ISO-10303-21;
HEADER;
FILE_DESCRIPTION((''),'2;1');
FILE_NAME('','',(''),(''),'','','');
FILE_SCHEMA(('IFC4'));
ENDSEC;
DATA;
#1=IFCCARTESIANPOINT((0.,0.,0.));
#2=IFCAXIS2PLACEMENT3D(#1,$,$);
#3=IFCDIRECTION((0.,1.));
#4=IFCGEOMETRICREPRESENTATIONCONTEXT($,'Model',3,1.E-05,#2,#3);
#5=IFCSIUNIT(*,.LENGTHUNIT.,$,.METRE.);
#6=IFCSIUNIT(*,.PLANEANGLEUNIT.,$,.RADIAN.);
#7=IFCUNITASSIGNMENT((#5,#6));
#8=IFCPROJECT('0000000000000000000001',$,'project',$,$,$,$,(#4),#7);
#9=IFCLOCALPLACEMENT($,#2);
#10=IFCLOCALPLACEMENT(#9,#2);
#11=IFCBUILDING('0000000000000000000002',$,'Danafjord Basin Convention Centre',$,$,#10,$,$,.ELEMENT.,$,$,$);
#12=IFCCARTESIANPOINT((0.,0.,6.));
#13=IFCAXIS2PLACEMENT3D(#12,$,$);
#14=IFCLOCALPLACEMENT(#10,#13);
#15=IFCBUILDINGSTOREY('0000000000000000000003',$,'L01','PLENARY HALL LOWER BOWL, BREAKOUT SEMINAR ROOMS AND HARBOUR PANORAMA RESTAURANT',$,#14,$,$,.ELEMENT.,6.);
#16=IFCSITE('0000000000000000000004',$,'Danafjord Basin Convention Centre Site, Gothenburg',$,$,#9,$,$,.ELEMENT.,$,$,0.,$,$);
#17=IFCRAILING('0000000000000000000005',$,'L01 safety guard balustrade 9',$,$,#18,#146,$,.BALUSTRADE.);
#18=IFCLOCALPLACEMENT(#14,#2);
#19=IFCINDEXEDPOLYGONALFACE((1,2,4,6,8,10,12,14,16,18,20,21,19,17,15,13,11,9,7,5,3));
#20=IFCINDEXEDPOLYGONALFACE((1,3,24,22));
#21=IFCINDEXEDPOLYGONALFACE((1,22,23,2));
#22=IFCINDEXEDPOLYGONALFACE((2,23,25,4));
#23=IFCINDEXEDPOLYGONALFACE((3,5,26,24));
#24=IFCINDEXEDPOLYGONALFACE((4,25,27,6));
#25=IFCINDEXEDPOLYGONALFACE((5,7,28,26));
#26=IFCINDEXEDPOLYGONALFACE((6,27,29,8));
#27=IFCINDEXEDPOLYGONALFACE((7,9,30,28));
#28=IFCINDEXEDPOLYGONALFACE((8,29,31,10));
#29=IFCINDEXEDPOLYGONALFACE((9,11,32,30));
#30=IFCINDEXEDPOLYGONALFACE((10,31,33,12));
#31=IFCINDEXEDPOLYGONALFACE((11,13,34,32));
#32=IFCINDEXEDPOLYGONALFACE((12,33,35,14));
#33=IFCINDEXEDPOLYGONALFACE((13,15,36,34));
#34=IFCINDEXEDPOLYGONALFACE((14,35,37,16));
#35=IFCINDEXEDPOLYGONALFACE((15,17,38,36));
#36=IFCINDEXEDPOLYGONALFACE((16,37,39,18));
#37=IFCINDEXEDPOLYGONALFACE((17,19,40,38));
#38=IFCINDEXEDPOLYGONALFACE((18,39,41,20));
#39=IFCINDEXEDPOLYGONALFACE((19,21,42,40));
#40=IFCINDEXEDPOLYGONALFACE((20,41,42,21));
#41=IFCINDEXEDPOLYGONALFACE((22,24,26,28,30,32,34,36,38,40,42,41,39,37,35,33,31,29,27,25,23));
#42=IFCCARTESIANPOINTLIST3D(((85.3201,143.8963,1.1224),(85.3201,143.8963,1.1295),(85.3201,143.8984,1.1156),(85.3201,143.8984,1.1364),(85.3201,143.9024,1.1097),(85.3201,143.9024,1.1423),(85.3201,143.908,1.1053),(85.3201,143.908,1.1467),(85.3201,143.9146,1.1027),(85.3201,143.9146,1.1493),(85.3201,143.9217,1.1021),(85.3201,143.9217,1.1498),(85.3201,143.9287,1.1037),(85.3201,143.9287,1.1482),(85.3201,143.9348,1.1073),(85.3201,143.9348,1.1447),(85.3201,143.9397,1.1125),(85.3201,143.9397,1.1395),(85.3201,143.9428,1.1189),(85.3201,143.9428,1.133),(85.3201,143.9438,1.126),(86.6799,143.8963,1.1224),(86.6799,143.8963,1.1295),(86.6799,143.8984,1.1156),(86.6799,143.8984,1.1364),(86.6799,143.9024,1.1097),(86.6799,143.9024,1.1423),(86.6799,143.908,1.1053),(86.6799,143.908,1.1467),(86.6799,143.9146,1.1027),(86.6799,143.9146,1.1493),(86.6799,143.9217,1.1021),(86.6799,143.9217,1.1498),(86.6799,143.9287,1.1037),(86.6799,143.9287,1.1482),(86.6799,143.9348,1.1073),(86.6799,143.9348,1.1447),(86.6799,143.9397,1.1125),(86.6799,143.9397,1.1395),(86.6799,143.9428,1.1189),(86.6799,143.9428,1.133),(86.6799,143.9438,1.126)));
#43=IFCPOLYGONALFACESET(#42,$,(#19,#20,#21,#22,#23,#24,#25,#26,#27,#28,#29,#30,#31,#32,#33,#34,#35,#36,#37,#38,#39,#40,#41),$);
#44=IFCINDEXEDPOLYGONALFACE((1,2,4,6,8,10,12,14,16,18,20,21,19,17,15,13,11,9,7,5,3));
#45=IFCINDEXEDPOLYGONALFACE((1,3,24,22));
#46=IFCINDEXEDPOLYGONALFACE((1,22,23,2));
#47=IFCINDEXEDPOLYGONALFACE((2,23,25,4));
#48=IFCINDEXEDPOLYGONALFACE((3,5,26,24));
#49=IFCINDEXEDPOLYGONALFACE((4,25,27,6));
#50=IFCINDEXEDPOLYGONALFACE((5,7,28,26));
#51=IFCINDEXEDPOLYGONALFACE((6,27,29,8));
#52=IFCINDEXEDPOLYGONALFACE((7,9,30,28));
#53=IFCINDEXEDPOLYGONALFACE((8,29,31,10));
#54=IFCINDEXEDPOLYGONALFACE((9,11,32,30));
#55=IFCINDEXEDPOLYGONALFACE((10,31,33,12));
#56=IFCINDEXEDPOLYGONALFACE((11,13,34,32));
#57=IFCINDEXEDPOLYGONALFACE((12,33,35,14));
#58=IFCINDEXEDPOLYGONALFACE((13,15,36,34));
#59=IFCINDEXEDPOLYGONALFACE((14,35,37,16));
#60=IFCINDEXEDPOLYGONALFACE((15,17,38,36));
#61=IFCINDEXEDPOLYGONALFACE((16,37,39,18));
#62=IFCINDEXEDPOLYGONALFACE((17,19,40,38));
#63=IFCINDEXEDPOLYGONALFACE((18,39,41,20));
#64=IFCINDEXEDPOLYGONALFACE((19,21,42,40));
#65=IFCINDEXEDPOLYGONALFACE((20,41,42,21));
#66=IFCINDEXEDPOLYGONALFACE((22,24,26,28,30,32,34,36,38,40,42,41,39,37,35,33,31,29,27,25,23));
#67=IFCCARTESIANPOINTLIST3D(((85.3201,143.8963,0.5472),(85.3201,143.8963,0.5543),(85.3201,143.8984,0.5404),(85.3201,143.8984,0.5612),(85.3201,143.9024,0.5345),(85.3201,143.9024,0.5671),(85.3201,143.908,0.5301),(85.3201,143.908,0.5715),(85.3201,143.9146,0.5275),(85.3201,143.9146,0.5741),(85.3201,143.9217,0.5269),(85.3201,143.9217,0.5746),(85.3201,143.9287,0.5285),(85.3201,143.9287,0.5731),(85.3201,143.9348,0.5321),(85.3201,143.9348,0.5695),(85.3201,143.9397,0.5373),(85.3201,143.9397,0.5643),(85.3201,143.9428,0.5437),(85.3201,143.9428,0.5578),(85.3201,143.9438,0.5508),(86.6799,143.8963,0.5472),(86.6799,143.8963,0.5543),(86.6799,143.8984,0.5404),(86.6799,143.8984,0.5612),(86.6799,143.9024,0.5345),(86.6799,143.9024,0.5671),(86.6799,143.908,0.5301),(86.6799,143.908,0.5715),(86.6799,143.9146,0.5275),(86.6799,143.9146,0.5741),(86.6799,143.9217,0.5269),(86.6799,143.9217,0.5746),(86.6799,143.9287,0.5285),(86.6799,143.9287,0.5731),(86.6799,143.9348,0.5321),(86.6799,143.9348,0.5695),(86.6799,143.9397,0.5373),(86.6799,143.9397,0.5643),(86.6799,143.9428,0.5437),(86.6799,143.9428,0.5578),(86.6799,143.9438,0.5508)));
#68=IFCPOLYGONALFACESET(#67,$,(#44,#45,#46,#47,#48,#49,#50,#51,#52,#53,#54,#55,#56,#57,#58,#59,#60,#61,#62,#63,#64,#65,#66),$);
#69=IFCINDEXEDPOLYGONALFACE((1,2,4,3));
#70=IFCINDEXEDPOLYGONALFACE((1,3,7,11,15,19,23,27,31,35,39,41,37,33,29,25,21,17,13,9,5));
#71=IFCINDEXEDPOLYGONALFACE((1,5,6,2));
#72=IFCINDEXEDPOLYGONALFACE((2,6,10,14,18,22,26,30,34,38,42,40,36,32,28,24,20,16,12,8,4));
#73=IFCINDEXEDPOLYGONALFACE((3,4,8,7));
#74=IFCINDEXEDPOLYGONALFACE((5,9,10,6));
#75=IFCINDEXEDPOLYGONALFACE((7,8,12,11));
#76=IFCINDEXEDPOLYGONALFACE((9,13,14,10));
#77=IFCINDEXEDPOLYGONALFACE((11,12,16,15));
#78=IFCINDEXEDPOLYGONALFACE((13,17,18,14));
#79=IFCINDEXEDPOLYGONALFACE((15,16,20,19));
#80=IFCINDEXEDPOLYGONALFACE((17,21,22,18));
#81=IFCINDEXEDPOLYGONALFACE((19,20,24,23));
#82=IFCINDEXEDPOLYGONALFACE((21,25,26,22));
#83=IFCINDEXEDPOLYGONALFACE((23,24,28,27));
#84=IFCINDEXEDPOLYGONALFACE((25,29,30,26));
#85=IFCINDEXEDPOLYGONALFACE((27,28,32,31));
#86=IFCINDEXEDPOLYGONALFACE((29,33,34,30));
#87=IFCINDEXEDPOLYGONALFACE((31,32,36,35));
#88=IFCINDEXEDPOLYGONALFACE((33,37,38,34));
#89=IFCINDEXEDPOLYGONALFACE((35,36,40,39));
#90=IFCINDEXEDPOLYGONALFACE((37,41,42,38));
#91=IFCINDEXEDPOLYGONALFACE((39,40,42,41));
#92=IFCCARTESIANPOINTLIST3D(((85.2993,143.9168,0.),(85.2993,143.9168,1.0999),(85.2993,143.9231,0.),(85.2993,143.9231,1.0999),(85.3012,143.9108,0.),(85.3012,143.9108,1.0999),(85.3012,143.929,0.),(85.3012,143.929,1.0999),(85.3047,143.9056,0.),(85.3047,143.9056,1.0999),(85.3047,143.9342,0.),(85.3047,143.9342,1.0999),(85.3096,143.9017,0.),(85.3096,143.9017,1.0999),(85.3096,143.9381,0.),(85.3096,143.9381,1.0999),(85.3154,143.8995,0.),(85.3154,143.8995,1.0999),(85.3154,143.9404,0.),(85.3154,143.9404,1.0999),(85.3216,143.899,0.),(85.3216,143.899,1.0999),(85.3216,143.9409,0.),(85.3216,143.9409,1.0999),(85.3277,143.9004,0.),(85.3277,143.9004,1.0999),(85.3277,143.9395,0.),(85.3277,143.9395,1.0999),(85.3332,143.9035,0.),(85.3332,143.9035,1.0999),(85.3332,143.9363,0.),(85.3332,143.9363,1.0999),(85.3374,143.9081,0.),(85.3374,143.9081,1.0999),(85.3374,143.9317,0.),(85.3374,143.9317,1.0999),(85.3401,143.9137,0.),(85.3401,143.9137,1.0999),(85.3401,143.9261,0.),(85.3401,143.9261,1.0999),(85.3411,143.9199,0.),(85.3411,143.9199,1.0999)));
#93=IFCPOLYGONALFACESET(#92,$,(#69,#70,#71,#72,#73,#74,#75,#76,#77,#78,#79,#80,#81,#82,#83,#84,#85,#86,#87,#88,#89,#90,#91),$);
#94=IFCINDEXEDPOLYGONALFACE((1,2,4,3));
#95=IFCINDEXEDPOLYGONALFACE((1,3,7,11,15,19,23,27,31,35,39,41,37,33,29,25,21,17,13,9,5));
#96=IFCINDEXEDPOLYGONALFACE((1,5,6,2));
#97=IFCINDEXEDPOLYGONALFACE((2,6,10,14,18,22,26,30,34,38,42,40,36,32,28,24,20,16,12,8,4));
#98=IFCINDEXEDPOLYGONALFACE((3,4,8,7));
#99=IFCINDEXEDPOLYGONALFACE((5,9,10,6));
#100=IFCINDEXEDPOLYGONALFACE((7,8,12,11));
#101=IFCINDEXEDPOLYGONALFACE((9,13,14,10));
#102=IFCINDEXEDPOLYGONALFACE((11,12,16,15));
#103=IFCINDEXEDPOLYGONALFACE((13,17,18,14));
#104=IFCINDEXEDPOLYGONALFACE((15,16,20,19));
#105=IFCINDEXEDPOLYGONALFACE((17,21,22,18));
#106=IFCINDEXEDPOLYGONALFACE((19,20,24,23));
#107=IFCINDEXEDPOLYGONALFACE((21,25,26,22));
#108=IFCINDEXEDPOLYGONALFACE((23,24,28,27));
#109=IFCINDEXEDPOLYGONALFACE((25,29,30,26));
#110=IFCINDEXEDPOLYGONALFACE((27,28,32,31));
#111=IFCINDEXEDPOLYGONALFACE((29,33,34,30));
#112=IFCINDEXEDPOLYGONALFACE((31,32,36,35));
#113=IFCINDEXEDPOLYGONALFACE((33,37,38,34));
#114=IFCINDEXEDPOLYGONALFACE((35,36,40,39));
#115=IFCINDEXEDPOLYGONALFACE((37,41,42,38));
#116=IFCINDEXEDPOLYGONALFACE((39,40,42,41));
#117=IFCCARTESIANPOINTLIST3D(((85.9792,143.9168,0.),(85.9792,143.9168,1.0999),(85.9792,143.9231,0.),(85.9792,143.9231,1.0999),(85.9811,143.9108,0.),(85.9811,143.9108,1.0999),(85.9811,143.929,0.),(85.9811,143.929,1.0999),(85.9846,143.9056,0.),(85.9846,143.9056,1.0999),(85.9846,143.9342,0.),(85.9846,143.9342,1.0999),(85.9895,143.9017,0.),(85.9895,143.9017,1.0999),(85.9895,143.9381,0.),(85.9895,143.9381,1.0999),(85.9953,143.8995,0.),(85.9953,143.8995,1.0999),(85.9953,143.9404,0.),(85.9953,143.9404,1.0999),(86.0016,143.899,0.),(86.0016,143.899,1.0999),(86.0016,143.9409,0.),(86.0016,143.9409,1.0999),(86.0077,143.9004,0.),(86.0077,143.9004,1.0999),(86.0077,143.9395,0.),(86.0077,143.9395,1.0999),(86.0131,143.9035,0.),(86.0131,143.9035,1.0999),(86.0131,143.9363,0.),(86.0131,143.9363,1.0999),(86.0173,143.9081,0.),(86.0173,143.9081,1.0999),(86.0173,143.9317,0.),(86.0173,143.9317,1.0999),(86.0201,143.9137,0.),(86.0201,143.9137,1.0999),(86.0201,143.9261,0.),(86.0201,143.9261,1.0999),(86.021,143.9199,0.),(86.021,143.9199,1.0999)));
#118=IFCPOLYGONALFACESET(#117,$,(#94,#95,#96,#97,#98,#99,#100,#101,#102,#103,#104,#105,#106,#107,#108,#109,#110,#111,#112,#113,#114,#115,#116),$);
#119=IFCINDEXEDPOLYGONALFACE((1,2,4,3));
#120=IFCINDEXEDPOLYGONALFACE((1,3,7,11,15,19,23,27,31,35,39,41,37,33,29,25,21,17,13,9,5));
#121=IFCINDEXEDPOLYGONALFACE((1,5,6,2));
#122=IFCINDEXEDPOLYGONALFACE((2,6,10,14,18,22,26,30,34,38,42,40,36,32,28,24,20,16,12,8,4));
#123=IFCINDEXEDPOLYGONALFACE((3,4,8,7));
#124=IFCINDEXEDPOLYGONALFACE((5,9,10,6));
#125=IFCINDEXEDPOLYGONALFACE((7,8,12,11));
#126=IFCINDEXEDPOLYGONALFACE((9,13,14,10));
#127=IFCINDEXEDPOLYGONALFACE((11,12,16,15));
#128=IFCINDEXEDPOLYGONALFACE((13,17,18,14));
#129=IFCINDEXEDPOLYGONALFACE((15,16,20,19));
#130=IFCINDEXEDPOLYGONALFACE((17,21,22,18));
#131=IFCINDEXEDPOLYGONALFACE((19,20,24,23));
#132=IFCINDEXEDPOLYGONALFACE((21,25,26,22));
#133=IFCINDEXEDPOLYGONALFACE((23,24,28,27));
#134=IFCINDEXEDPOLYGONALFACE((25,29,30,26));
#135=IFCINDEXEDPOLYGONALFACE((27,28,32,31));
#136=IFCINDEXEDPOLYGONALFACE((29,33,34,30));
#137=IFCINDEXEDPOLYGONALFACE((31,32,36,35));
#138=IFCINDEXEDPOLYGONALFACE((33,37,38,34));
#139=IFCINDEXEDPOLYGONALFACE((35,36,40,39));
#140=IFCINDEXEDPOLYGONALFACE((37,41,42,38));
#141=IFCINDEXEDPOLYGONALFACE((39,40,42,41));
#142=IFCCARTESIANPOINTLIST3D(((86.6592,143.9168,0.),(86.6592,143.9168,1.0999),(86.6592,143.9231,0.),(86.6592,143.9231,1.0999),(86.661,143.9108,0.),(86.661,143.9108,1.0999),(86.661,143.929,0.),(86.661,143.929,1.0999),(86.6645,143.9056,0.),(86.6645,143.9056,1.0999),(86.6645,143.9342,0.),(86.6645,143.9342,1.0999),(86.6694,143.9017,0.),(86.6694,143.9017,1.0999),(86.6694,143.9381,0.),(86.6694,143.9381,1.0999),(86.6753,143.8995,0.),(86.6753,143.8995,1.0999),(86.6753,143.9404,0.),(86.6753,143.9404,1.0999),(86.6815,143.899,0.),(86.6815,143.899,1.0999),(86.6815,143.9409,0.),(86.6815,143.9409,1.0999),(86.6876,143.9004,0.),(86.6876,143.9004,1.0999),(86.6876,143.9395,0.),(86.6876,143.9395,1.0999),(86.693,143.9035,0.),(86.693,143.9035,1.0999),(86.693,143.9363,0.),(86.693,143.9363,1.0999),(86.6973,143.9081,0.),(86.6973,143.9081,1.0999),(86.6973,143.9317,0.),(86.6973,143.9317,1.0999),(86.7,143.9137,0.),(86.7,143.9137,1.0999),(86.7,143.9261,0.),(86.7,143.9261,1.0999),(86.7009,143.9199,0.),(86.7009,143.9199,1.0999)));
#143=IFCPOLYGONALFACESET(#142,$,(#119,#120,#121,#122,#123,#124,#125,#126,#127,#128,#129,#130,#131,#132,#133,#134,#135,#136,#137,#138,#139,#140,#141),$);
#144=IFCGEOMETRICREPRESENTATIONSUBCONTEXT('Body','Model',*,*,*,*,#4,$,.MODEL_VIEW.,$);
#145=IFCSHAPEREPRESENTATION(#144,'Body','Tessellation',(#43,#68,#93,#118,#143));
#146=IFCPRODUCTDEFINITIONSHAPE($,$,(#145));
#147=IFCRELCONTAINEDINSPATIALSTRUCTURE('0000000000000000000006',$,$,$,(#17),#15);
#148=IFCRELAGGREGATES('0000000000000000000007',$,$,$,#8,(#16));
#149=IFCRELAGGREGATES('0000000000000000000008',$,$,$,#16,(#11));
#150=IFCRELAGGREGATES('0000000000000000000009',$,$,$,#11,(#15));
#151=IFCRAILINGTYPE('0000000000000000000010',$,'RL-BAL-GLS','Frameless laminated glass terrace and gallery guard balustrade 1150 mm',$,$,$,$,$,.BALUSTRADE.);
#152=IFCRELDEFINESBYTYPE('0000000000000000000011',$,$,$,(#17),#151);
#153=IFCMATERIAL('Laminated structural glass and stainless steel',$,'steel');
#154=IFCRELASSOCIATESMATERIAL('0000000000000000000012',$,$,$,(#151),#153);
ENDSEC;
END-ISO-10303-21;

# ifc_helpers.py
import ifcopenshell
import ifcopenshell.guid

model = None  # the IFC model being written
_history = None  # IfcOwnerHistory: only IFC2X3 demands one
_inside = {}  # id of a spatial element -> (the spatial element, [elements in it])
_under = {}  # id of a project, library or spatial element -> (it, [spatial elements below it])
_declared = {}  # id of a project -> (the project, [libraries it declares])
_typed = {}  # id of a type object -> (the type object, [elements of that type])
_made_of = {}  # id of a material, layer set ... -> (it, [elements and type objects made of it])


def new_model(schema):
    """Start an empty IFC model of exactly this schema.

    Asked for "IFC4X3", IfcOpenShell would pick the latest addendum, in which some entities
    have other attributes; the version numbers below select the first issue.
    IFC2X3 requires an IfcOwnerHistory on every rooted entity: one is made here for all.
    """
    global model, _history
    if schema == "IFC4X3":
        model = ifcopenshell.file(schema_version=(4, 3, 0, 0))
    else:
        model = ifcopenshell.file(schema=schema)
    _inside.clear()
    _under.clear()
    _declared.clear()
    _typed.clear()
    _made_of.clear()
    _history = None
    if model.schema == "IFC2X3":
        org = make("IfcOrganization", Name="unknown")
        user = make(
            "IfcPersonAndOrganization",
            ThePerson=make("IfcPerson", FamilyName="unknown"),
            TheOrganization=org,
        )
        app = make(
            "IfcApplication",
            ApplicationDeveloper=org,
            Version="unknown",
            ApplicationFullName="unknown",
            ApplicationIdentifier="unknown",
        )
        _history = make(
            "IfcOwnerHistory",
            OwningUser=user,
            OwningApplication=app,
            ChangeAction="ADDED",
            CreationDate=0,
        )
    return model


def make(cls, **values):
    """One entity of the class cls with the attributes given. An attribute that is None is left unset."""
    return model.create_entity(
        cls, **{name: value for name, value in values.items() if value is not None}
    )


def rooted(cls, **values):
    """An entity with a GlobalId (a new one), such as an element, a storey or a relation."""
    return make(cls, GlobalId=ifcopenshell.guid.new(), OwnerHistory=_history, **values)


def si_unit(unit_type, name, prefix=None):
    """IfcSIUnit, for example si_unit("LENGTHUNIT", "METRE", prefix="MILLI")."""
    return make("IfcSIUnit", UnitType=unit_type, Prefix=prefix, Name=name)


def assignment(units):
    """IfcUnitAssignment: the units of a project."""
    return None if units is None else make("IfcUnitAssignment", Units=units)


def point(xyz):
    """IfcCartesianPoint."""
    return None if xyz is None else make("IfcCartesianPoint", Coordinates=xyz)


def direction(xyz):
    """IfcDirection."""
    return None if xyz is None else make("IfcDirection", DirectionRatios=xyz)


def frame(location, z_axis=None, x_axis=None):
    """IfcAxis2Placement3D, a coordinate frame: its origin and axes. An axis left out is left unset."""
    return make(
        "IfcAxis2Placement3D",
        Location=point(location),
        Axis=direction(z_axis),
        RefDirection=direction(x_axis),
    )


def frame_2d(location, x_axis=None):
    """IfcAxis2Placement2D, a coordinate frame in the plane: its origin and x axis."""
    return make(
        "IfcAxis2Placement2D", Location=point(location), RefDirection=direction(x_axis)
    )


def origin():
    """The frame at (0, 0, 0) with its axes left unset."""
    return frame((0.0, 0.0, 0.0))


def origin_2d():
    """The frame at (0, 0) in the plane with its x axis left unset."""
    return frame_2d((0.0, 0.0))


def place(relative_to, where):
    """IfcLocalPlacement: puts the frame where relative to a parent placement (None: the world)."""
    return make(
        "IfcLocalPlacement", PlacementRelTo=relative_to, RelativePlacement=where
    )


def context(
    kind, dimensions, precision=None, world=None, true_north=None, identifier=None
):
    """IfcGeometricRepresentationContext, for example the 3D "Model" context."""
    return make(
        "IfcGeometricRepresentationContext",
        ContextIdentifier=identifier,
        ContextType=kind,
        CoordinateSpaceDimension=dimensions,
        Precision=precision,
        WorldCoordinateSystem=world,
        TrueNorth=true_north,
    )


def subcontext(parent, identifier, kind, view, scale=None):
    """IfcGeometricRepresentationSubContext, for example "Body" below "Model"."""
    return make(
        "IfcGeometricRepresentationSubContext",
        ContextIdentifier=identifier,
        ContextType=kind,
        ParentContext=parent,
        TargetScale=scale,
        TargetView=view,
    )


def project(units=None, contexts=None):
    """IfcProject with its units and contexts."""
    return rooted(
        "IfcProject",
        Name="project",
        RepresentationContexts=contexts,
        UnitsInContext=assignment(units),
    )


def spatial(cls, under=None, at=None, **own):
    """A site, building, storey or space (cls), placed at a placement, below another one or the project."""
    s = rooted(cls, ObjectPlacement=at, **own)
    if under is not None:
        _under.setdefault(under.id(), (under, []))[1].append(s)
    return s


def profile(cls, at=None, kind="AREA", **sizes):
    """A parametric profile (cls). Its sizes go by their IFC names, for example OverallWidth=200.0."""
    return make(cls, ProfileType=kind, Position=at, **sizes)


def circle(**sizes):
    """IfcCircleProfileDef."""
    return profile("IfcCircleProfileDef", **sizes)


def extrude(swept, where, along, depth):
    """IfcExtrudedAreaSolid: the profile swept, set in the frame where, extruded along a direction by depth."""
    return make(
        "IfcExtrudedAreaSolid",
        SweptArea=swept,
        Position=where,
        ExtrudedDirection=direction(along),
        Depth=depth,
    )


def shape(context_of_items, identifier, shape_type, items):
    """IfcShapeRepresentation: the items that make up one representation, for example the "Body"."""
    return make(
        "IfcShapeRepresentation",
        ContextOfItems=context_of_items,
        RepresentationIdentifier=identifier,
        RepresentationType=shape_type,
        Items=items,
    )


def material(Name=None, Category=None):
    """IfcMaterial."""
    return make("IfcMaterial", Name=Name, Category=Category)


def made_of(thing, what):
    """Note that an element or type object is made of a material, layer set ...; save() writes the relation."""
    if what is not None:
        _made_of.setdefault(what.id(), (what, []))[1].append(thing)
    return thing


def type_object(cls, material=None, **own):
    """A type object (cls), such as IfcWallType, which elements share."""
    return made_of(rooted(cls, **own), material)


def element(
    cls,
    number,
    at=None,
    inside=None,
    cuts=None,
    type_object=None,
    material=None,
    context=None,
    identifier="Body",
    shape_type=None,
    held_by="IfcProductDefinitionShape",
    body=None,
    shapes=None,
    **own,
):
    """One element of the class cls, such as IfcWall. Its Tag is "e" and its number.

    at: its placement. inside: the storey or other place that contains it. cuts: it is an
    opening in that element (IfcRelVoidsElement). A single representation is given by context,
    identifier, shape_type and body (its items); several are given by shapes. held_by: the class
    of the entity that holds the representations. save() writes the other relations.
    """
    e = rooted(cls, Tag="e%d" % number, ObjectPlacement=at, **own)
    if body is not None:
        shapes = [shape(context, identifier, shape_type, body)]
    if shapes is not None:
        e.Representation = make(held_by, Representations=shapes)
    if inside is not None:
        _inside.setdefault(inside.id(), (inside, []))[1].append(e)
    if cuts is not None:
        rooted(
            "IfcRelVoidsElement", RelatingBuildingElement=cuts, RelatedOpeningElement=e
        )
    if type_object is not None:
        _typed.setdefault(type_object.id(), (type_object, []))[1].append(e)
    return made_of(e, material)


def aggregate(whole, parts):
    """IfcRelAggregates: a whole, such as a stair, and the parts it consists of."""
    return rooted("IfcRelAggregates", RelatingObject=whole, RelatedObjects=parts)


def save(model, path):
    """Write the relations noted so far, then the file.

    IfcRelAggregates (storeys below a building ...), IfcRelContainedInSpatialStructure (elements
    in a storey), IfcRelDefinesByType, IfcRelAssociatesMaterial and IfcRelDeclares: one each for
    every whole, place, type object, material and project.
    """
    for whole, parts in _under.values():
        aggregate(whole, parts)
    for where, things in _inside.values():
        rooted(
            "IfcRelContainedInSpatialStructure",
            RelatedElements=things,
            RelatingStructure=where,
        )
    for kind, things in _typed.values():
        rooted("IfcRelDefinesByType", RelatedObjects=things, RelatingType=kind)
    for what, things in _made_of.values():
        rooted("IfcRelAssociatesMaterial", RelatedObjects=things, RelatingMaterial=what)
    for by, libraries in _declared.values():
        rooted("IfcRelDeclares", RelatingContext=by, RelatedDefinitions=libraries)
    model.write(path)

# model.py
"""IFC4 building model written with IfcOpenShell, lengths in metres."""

from ifc_helpers import new_model, si_unit, direction, frame, origin, origin_2d, place, context, subcontext, project, spatial, circle, extrude, material, type_object, element, save


model = new_model("IFC4")

# Units and contexts
model_context = context("Model", 3, precision=1e-05, world=origin(), true_north=direction((0.0, 1.0)))
body_context = subcontext(model_context, "Body", "Model", "MODEL_VIEW")
ifc_project = project(units=[si_unit("LENGTHUNIT", "METRE"), si_unit("PLANEANGLEUNIT", "RADIAN")], contexts=[model_context])

# Site, building, storey
site_placement = place(None, origin())
site = spatial("IfcSite", under=ifc_project, at=site_placement, Name="Danafjord Basin Convention Centre Site, Gothenburg", CompositionType="ELEMENT", RefElevation=0.0)
building_placement = place(site_placement, origin())
building = spatial("IfcBuilding", under=site, at=building_placement, Name="Danafjord Basin Convention Centre", CompositionType="ELEMENT")
storey_placement = place(building_placement, frame((0.0, 0.0, 6.0)))
storey = spatial("IfcBuildingStorey", under=building, at=storey_placement, Name="L01", Description="PLENARY HALL LOWER BOWL, BREAKOUT SEMINAR ROOMS AND HARBOUR PANORAMA RESTAURANT", CompositionType="ELEMENT", Elevation=6.0)

# Railing
ifc_material_1 = material(Name="Laminated structural glass and stainless steel", Category="steel")
railing_type = type_object("IfcRailingType", Name="RL-BAL-GLS", Description="Frameless laminated glass terrace and gallery guard balustrade 1150 mm", PredefinedType="BALUSTRADE", material=ifc_material_1)
railing_1_placement = place(storey_placement, frame((85.3201, 143.9199, 0.0)))
element("IfcRailing", 1, at=railing_1_placement, inside=storey, type_object=railing_type, Name="L01 safety guard balustrade 9", PredefinedType="BALUSTRADE", context=body_context, shape_type="SweptSolid", body=[
    extrude(circle(Radius=0.0239, at=origin_2d()), frame((0.0, 0.0, 1.126), z_axis=(1.0, 0.0, 0.0), x_axis=(0.0, 1.0, 0.0)), (0.0, 0.0, 1.0), 1.3599),
    extrude(circle(Radius=0.0239, at=origin_2d()), frame((0.0, 0.0, 0.5508), z_axis=(1.0, 0.0, 0.0), x_axis=(0.0, 1.0, 0.0)), (0.0, 0.0, 1.0), 1.3599),
    extrude(circle(Radius=0.021, at=origin_2d()), origin(), (0.0, 0.0, 1.0), 1.0999),
    extrude(circle(Radius=0.021, at=origin_2d()), frame((0.6799, 0.0, 0.0)), (0.0, 0.0, 1.0), 1.0999),
    extrude(circle(Radius=0.021, at=origin_2d()), frame((1.3599, 0.0, 0.0)), (0.0, 0.0, 1.0), 1.0999),
])

save(model, "model.ifc")
